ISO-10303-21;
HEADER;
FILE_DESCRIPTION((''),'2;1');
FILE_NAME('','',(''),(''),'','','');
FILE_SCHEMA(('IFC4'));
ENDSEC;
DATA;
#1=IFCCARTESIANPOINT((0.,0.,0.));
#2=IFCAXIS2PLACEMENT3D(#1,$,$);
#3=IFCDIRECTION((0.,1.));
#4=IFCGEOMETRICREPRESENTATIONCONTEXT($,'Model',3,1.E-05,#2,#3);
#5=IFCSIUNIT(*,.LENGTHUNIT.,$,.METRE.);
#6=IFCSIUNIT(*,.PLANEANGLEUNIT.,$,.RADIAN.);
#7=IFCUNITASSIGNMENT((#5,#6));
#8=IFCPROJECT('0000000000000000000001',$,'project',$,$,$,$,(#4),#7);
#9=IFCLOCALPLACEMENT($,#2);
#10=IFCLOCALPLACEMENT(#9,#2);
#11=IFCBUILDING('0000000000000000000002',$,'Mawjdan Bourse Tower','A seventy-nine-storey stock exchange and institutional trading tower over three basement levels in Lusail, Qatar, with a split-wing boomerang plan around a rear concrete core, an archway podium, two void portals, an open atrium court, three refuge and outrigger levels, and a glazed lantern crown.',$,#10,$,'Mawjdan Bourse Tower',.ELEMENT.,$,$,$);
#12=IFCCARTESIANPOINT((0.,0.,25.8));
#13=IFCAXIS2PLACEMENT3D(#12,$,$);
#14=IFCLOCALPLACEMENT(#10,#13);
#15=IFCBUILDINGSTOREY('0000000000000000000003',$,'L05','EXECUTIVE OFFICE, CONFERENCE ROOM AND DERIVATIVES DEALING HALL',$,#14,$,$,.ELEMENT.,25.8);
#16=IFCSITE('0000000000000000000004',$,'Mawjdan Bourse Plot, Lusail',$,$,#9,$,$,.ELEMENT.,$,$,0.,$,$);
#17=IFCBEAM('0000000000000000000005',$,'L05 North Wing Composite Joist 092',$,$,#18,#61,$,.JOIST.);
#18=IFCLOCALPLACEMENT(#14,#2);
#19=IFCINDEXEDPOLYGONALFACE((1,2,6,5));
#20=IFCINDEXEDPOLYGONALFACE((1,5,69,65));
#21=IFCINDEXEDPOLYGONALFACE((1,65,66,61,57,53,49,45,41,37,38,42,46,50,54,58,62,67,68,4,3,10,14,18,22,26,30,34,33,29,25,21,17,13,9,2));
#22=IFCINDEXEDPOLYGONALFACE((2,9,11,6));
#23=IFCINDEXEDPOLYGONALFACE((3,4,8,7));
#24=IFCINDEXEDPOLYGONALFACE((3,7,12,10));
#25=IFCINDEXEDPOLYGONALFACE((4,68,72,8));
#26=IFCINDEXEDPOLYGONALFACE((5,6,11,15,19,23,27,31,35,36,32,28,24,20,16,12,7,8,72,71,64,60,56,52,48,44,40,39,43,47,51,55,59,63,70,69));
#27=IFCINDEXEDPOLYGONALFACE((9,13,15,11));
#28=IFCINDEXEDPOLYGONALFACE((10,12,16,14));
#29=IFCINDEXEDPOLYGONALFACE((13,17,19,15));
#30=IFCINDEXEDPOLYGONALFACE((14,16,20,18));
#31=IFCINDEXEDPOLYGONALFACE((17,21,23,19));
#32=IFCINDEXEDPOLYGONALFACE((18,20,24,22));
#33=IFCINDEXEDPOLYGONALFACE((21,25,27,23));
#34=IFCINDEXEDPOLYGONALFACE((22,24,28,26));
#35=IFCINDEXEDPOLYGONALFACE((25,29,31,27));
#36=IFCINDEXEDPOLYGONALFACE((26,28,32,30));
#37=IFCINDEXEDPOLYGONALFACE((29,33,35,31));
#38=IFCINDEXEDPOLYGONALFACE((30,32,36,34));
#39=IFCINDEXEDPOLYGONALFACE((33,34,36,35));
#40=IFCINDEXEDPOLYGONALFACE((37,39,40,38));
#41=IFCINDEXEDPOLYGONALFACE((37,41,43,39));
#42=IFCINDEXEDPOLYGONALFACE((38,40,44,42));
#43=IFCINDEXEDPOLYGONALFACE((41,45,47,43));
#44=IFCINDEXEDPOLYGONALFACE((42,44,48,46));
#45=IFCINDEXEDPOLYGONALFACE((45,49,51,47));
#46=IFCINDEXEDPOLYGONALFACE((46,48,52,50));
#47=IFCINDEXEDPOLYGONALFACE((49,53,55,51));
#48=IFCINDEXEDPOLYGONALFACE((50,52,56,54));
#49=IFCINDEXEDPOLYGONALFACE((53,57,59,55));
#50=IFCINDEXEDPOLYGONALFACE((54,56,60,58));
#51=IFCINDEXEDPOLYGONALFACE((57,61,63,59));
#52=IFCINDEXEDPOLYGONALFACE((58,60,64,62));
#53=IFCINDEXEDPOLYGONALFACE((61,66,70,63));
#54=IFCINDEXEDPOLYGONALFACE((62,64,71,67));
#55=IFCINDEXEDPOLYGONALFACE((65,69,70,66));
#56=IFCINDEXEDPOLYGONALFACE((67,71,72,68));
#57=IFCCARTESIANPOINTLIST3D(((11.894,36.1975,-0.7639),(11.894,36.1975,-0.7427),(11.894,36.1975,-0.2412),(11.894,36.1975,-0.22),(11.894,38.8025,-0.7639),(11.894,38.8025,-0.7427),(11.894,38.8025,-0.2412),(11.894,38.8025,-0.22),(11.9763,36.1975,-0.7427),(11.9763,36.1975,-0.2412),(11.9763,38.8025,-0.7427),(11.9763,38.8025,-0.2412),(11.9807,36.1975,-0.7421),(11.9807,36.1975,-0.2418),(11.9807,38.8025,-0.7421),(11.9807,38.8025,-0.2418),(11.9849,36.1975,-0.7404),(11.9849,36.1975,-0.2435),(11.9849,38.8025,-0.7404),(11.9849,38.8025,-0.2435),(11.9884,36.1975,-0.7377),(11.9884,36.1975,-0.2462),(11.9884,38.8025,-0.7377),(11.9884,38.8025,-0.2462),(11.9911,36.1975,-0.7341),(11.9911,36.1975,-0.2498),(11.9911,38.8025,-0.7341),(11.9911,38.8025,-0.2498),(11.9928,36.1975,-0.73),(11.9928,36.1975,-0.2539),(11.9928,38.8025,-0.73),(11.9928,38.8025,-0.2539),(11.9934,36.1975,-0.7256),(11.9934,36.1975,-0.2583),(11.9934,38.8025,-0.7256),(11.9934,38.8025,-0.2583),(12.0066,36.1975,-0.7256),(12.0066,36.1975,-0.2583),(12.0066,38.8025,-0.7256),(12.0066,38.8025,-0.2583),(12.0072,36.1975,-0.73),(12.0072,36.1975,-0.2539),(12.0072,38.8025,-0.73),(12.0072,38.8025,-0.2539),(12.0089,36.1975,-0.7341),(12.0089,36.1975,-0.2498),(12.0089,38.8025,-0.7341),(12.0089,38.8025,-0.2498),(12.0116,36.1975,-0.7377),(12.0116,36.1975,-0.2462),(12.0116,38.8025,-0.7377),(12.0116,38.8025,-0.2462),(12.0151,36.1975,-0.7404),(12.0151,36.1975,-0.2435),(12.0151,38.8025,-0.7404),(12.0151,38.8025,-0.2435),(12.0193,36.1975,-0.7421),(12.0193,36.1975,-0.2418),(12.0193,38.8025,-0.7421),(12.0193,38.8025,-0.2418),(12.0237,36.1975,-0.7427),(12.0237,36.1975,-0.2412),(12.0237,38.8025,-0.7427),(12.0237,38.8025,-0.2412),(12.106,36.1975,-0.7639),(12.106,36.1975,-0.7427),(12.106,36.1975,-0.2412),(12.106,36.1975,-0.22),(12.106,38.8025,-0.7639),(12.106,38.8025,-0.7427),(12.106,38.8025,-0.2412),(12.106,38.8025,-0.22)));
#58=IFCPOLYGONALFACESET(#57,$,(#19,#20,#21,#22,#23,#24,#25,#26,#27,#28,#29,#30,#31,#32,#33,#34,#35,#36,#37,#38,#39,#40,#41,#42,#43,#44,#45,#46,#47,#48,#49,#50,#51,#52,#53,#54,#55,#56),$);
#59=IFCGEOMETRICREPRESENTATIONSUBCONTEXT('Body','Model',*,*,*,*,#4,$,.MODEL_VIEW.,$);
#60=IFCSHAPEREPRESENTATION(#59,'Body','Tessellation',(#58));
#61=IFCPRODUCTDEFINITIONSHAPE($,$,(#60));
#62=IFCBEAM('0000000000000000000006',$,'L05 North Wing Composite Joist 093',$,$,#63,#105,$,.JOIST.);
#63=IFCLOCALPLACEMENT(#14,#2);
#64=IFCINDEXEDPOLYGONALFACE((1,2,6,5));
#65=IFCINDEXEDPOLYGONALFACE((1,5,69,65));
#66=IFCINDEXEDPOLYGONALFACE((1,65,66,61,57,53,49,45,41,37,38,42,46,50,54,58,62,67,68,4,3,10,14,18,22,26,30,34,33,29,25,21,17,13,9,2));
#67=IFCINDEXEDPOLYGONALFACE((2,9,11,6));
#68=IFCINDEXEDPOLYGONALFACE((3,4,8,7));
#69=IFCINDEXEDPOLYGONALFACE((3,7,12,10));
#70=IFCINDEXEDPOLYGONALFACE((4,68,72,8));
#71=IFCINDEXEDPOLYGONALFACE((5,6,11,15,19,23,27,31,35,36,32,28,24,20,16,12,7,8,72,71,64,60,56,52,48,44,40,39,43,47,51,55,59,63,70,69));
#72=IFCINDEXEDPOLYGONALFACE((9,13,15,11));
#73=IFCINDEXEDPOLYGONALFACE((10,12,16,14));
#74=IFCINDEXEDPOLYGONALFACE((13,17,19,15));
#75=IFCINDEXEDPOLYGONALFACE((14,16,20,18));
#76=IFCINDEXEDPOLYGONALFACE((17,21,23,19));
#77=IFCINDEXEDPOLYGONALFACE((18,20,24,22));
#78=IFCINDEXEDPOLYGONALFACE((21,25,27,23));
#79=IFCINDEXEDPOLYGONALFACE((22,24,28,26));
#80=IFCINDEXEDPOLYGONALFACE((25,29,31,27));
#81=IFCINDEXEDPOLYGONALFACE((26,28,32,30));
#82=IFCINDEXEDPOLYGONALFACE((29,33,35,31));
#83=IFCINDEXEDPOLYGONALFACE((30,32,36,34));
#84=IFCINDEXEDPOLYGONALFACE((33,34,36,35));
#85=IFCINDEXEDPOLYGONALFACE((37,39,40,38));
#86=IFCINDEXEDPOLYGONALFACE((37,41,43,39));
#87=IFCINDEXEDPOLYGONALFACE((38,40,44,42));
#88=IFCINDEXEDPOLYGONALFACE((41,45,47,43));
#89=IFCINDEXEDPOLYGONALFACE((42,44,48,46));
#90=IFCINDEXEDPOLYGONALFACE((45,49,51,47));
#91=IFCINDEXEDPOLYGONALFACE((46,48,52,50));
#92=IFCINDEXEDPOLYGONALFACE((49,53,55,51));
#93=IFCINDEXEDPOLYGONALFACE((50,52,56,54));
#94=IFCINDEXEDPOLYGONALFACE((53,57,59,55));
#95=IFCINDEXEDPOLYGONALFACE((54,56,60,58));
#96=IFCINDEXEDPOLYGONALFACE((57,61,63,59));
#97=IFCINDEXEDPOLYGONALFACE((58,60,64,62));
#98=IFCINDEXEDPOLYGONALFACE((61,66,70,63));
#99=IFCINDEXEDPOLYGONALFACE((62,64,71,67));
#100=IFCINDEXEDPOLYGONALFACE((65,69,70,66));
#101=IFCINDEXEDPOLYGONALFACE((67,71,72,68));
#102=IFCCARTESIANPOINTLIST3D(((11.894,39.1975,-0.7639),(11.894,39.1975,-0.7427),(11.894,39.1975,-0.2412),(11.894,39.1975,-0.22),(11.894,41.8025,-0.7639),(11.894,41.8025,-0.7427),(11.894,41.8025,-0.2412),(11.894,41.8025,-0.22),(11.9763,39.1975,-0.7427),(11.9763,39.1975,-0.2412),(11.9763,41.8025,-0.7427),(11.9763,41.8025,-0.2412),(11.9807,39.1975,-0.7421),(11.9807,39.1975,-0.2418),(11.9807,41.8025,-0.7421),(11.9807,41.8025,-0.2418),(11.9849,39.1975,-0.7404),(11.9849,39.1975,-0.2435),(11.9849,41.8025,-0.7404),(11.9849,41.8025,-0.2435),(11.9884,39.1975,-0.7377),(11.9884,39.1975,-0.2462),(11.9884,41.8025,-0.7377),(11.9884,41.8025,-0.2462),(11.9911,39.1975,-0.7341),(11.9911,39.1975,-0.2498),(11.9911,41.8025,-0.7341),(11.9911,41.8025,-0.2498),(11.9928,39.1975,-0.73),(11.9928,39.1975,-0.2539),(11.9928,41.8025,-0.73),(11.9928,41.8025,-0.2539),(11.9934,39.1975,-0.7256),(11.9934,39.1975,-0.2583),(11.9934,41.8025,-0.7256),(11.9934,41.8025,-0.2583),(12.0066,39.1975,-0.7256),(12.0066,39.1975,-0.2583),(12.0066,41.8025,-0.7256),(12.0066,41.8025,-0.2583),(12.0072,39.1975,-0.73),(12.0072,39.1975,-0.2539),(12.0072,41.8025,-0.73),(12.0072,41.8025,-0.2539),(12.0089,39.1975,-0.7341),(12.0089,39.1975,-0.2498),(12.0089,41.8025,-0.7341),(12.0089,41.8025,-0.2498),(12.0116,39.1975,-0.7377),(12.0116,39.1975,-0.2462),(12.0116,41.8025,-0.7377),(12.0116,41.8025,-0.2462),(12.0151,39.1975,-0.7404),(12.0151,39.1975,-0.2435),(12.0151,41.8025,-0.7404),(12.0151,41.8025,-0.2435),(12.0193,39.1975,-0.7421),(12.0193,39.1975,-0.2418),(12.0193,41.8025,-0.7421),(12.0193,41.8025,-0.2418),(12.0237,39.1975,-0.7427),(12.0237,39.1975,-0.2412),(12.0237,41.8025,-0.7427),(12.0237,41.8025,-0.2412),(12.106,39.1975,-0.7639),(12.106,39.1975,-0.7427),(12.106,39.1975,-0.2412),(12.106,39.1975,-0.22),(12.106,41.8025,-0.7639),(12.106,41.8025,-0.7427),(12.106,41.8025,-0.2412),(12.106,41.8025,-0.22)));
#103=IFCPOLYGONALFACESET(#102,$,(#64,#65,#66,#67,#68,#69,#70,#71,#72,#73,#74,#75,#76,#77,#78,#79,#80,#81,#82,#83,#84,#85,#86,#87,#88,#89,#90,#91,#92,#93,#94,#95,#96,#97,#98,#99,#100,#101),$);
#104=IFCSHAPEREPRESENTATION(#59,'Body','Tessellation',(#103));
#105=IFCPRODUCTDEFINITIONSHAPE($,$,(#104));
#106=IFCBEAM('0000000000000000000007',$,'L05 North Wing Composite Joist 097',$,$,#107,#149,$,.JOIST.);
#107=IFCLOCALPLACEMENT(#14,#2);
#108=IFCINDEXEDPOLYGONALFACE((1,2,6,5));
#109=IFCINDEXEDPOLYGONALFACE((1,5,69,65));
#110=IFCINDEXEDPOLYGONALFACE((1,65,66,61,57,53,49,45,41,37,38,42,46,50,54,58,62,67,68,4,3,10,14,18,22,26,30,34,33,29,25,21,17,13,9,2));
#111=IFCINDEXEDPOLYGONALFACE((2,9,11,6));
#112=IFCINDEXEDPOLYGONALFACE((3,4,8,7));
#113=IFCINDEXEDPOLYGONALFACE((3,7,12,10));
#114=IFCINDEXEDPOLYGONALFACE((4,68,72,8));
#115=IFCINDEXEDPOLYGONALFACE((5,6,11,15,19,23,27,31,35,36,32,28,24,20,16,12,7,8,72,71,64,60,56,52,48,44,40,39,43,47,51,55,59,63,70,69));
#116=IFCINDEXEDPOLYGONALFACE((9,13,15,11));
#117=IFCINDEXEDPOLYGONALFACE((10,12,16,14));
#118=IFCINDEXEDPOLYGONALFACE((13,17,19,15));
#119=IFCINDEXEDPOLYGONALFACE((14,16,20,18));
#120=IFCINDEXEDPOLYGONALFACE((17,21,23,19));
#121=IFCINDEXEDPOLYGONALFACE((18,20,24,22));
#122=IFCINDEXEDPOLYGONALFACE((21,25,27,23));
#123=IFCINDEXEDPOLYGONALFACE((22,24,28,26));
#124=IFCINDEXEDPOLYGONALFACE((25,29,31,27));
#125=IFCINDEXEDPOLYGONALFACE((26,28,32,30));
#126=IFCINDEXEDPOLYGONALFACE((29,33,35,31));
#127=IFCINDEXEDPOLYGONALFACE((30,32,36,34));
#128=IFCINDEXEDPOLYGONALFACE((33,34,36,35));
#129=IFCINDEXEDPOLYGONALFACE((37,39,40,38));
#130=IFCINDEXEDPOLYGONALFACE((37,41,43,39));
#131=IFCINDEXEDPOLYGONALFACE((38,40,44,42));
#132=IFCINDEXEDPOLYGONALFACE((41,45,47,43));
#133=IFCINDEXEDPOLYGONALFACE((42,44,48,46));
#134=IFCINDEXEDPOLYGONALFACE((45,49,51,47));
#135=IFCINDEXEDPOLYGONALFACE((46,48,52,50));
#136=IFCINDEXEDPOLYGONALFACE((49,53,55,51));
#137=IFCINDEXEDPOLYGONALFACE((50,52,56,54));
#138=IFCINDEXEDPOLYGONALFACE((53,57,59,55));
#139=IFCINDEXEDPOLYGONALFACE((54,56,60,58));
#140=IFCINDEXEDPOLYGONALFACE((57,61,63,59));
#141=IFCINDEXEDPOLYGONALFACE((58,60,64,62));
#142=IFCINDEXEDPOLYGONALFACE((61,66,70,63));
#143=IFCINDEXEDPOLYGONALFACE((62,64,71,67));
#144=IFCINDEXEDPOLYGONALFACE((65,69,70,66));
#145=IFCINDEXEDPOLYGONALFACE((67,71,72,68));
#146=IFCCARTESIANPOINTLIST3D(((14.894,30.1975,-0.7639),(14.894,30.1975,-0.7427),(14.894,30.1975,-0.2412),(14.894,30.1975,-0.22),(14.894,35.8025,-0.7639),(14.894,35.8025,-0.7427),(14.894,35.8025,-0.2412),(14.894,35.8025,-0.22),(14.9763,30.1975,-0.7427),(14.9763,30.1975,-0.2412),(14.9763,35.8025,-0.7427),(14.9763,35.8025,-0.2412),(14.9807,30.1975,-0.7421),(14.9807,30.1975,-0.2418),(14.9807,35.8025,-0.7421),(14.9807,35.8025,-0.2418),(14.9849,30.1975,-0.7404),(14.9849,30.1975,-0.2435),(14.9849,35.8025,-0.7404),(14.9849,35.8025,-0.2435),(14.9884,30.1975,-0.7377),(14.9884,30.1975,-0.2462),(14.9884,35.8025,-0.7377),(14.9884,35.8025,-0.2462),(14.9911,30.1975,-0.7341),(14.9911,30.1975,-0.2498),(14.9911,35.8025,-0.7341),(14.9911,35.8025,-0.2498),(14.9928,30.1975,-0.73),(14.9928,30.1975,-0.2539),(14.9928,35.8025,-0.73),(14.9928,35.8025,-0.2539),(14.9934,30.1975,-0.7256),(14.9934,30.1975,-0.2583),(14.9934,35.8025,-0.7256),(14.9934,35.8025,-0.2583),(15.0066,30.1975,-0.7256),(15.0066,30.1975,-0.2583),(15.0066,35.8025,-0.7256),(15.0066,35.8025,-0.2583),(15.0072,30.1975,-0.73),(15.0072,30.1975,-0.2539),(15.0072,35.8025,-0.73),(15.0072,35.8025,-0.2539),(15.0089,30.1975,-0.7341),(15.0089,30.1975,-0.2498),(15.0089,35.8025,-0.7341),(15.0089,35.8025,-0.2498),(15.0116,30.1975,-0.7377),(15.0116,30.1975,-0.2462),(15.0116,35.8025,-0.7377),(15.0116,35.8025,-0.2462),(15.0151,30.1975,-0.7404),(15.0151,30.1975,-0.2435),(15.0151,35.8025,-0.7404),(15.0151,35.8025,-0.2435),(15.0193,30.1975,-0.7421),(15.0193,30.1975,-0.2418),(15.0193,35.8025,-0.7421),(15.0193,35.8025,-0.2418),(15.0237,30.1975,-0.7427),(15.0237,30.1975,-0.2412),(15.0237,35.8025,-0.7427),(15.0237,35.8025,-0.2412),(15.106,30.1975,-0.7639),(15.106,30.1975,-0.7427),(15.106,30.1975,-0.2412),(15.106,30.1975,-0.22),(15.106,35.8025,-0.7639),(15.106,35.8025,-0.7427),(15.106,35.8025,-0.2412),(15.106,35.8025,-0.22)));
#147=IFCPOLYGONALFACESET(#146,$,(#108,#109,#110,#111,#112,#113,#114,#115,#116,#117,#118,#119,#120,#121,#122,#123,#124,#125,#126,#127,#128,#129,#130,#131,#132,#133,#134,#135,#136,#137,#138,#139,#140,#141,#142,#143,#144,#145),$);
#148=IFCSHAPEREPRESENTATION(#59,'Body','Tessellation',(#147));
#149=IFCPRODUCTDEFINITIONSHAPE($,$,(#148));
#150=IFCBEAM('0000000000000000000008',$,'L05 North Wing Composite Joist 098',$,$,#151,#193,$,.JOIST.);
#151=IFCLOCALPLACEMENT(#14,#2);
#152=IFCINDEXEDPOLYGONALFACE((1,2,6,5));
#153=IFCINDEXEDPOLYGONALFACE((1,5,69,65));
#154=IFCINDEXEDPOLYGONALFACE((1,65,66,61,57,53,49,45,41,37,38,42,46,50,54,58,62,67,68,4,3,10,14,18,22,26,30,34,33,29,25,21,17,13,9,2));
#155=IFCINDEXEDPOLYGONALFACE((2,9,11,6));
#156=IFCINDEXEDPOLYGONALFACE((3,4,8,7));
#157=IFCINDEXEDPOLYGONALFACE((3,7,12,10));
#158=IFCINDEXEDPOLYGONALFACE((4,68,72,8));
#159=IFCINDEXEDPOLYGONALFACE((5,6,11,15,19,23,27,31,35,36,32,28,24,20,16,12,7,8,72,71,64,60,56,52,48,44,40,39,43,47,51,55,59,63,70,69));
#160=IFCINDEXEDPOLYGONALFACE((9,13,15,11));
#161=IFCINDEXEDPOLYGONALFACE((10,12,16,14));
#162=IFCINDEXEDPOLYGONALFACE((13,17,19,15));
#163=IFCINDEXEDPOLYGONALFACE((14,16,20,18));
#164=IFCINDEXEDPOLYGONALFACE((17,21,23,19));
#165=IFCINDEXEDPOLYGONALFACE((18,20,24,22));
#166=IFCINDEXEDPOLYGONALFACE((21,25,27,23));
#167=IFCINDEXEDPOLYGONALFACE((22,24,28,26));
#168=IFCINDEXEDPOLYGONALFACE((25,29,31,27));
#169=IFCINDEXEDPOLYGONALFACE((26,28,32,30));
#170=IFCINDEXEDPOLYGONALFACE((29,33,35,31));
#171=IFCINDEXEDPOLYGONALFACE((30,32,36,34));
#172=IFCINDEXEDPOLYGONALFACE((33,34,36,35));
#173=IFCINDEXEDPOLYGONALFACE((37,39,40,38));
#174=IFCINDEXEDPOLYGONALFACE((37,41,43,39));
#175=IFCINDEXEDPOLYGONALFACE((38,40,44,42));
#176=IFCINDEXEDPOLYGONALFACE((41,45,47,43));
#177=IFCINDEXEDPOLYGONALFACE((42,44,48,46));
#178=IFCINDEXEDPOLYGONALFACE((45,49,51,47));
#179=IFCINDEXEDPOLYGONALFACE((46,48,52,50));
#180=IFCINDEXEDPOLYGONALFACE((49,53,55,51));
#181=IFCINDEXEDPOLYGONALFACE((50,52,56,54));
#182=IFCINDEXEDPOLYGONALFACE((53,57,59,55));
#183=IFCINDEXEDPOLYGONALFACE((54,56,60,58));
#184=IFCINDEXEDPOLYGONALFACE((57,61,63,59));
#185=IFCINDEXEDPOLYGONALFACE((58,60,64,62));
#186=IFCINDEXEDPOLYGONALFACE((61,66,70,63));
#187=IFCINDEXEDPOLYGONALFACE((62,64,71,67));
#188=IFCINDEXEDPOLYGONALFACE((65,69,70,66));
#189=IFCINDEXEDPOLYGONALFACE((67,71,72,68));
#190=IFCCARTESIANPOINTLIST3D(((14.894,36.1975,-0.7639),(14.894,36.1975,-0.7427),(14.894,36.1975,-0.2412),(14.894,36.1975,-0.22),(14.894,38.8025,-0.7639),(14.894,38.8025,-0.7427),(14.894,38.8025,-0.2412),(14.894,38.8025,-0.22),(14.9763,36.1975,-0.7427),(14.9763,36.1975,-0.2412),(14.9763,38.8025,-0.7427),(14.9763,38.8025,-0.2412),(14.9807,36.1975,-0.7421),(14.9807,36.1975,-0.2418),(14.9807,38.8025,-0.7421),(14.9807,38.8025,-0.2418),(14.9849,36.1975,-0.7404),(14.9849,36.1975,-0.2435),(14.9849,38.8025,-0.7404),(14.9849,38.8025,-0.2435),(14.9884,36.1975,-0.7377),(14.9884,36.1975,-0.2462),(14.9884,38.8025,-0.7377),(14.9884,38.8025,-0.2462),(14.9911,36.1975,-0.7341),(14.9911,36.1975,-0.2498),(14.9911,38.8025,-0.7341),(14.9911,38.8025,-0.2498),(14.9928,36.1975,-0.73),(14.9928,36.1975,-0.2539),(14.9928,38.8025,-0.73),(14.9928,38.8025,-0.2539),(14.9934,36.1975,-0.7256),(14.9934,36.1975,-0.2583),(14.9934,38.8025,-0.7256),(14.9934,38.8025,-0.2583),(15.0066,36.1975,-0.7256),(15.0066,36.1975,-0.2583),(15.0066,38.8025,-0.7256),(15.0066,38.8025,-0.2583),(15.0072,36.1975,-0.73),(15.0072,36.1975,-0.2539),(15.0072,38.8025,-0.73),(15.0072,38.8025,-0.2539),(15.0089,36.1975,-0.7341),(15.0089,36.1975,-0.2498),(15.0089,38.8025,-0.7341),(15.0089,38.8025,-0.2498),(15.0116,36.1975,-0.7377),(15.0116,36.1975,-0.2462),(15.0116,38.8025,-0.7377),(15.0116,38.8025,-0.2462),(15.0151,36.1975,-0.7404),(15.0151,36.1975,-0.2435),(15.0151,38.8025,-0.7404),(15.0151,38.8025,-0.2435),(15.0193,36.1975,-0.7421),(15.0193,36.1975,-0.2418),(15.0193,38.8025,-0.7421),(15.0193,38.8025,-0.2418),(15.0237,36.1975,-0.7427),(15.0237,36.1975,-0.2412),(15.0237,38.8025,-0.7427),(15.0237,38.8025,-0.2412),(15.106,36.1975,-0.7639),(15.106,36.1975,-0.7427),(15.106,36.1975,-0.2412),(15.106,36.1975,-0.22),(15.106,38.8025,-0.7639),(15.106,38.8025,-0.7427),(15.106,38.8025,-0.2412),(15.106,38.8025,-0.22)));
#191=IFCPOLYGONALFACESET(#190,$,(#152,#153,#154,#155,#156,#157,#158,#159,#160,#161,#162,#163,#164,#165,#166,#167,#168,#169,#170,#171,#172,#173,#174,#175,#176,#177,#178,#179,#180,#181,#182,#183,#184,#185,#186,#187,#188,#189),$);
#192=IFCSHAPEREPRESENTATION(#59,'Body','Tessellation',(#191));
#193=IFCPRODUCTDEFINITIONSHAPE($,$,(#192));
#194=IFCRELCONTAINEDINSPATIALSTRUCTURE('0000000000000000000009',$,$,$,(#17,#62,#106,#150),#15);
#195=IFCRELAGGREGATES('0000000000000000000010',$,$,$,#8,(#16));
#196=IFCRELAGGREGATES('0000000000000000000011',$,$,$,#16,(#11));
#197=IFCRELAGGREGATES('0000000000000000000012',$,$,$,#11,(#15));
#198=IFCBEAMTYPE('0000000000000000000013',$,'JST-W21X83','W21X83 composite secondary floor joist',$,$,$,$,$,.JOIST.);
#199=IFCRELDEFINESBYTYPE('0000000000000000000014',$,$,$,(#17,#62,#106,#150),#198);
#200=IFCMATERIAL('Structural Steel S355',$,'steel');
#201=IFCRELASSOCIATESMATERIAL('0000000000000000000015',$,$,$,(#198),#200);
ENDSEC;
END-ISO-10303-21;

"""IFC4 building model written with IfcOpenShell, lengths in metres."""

from ifc_helpers import new_model, si_unit, direction, frame, origin, origin_2d, place, context, subcontext, project, spatial, i_section, extrude, material, material_profile, profile_set, type_object, element, save


model = new_model("IFC4")

# Units and contexts
model_context = context("Model", 3, precision=1e-05, world=origin(), true_north=direction((0.0, 1.0)))
body_context = subcontext(model_context, "Body", "Model", "MODEL_VIEW")
ifc_project = project(units=[si_unit("LENGTHUNIT", "METRE"), si_unit("PLANEANGLEUNIT", "RADIAN")], contexts=[model_context])

# Site, building, storey
site_placement = place(None, origin())
site = spatial("IfcSite", under=ifc_project, at=site_placement, Name="Mawjdan Bourse Plot, Lusail", CompositionType="ELEMENT", RefElevation=0.0)
building_placement = place(site_placement, origin())
building = spatial("IfcBuilding", under=site, at=building_placement, Name="Mawjdan Bourse Tower", Description="A seventy-nine-storey stock exchange and institutional trading tower over three basement levels in Lusail, Qatar, with a split-wing boomerang plan around a rear concrete core, an archway podium, two void portals, an open atrium court, three refuge and outrigger levels, and a glazed lantern crown.", LongName="Mawjdan Bourse Tower", CompositionType="ELEMENT")
storey_placement = place(building_placement, frame((0.0, 0.0, 25.8)))
storey = spatial("IfcBuildingStorey", under=building, at=storey_placement, Name="L05", Description="EXECUTIVE OFFICE, CONFERENCE ROOM AND DERIVATIVES DEALING HALL", CompositionType="ELEMENT", Elevation=25.8)

# Beams
ifc_material_1 = material(Name="Structural Steel S355", Category="steel")
ifc_material_profile_1 = material_profile(ifc_material_1, i_section(OverallWidth=0.2119, OverallDepth=0.5439, WebThickness=0.0132, FlangeThickness=0.0212, FilletRadius=0.0171, at=origin_2d()), Name="W21X83")
ifc_profile_set_1 = profile_set([ifc_material_profile_1], Name="Structural Steel S355")
beam_type_1 = type_object("IfcBeamType", Name="JST-W21X83", Description="W21X83 composite secondary floor joist", PredefinedType="JOIST", material=ifc_profile_set_1)
for number, where, z_axis, x_axis, name in (
    (1, (12.0, 36.1975, -0.4919), (0.0, 1.0, 0.0), (-1.0, 0.0, 0.0), "L05 North Wing Composite Joist 092"),
    (2, (12.0, 39.1975, -0.4919), (0.0, 1.0, 0.0), (-1.0, 0.0, 0.0), "L05 North Wing Composite Joist 093"),
):
    element("IfcBeam", number, at=place(storey_placement, frame(where, z_axis=z_axis, x_axis=x_axis)), inside=storey, type_object=beam_type_1, Name=name, PredefinedType="JOIST", context=body_context, shape_type="SweptSolid", body=[
        extrude(i_section(OverallWidth=0.2119, OverallDepth=0.5439, WebThickness=0.0132, FlangeThickness=0.0212, FilletRadius=0.0171, at=origin_2d()), origin(), (0.0, 0.0, 1.0), 2.605),
    ])
beam_1_placement = place(storey_placement, frame((15.0, 30.1975, -0.4919), z_axis=(0.0, 1.0, 0.0), x_axis=(-1.0, 0.0, 0.0)))
element("IfcBeam", 3, at=beam_1_placement, inside=storey, type_object=beam_type_1, Name="L05 North Wing Composite Joist 097", PredefinedType="JOIST", context=body_context, shape_type="SweptSolid", body=[
    extrude(i_section(OverallWidth=0.2119, OverallDepth=0.5439, WebThickness=0.0132, FlangeThickness=0.0212, FilletRadius=0.0171, at=origin_2d()), origin(), (0.0, 0.0, 1.0), 5.605),
])
for number, where, z_axis, x_axis, name in (
    (4, (15.0, 36.1975, -0.4919), (0.0, 1.0, 0.0), (-1.0, 0.0, 0.0), "L05 North Wing Composite Joist 098"),
):
    element("IfcBeam", number, at=place(storey_placement, frame(where, z_axis=z_axis, x_axis=x_axis)), inside=storey, type_object=beam_type_1, Name=name, PredefinedType="JOIST", context=body_context, shape_type="SweptSolid", body=[
        extrude(i_section(OverallWidth=0.2119, OverallDepth=0.5439, WebThickness=0.0132, FlangeThickness=0.0212, FilletRadius=0.0171, at=origin_2d()), origin(), (0.0, 0.0, 1.0), 2.605),
    ])

save(model, "model.ifc")
